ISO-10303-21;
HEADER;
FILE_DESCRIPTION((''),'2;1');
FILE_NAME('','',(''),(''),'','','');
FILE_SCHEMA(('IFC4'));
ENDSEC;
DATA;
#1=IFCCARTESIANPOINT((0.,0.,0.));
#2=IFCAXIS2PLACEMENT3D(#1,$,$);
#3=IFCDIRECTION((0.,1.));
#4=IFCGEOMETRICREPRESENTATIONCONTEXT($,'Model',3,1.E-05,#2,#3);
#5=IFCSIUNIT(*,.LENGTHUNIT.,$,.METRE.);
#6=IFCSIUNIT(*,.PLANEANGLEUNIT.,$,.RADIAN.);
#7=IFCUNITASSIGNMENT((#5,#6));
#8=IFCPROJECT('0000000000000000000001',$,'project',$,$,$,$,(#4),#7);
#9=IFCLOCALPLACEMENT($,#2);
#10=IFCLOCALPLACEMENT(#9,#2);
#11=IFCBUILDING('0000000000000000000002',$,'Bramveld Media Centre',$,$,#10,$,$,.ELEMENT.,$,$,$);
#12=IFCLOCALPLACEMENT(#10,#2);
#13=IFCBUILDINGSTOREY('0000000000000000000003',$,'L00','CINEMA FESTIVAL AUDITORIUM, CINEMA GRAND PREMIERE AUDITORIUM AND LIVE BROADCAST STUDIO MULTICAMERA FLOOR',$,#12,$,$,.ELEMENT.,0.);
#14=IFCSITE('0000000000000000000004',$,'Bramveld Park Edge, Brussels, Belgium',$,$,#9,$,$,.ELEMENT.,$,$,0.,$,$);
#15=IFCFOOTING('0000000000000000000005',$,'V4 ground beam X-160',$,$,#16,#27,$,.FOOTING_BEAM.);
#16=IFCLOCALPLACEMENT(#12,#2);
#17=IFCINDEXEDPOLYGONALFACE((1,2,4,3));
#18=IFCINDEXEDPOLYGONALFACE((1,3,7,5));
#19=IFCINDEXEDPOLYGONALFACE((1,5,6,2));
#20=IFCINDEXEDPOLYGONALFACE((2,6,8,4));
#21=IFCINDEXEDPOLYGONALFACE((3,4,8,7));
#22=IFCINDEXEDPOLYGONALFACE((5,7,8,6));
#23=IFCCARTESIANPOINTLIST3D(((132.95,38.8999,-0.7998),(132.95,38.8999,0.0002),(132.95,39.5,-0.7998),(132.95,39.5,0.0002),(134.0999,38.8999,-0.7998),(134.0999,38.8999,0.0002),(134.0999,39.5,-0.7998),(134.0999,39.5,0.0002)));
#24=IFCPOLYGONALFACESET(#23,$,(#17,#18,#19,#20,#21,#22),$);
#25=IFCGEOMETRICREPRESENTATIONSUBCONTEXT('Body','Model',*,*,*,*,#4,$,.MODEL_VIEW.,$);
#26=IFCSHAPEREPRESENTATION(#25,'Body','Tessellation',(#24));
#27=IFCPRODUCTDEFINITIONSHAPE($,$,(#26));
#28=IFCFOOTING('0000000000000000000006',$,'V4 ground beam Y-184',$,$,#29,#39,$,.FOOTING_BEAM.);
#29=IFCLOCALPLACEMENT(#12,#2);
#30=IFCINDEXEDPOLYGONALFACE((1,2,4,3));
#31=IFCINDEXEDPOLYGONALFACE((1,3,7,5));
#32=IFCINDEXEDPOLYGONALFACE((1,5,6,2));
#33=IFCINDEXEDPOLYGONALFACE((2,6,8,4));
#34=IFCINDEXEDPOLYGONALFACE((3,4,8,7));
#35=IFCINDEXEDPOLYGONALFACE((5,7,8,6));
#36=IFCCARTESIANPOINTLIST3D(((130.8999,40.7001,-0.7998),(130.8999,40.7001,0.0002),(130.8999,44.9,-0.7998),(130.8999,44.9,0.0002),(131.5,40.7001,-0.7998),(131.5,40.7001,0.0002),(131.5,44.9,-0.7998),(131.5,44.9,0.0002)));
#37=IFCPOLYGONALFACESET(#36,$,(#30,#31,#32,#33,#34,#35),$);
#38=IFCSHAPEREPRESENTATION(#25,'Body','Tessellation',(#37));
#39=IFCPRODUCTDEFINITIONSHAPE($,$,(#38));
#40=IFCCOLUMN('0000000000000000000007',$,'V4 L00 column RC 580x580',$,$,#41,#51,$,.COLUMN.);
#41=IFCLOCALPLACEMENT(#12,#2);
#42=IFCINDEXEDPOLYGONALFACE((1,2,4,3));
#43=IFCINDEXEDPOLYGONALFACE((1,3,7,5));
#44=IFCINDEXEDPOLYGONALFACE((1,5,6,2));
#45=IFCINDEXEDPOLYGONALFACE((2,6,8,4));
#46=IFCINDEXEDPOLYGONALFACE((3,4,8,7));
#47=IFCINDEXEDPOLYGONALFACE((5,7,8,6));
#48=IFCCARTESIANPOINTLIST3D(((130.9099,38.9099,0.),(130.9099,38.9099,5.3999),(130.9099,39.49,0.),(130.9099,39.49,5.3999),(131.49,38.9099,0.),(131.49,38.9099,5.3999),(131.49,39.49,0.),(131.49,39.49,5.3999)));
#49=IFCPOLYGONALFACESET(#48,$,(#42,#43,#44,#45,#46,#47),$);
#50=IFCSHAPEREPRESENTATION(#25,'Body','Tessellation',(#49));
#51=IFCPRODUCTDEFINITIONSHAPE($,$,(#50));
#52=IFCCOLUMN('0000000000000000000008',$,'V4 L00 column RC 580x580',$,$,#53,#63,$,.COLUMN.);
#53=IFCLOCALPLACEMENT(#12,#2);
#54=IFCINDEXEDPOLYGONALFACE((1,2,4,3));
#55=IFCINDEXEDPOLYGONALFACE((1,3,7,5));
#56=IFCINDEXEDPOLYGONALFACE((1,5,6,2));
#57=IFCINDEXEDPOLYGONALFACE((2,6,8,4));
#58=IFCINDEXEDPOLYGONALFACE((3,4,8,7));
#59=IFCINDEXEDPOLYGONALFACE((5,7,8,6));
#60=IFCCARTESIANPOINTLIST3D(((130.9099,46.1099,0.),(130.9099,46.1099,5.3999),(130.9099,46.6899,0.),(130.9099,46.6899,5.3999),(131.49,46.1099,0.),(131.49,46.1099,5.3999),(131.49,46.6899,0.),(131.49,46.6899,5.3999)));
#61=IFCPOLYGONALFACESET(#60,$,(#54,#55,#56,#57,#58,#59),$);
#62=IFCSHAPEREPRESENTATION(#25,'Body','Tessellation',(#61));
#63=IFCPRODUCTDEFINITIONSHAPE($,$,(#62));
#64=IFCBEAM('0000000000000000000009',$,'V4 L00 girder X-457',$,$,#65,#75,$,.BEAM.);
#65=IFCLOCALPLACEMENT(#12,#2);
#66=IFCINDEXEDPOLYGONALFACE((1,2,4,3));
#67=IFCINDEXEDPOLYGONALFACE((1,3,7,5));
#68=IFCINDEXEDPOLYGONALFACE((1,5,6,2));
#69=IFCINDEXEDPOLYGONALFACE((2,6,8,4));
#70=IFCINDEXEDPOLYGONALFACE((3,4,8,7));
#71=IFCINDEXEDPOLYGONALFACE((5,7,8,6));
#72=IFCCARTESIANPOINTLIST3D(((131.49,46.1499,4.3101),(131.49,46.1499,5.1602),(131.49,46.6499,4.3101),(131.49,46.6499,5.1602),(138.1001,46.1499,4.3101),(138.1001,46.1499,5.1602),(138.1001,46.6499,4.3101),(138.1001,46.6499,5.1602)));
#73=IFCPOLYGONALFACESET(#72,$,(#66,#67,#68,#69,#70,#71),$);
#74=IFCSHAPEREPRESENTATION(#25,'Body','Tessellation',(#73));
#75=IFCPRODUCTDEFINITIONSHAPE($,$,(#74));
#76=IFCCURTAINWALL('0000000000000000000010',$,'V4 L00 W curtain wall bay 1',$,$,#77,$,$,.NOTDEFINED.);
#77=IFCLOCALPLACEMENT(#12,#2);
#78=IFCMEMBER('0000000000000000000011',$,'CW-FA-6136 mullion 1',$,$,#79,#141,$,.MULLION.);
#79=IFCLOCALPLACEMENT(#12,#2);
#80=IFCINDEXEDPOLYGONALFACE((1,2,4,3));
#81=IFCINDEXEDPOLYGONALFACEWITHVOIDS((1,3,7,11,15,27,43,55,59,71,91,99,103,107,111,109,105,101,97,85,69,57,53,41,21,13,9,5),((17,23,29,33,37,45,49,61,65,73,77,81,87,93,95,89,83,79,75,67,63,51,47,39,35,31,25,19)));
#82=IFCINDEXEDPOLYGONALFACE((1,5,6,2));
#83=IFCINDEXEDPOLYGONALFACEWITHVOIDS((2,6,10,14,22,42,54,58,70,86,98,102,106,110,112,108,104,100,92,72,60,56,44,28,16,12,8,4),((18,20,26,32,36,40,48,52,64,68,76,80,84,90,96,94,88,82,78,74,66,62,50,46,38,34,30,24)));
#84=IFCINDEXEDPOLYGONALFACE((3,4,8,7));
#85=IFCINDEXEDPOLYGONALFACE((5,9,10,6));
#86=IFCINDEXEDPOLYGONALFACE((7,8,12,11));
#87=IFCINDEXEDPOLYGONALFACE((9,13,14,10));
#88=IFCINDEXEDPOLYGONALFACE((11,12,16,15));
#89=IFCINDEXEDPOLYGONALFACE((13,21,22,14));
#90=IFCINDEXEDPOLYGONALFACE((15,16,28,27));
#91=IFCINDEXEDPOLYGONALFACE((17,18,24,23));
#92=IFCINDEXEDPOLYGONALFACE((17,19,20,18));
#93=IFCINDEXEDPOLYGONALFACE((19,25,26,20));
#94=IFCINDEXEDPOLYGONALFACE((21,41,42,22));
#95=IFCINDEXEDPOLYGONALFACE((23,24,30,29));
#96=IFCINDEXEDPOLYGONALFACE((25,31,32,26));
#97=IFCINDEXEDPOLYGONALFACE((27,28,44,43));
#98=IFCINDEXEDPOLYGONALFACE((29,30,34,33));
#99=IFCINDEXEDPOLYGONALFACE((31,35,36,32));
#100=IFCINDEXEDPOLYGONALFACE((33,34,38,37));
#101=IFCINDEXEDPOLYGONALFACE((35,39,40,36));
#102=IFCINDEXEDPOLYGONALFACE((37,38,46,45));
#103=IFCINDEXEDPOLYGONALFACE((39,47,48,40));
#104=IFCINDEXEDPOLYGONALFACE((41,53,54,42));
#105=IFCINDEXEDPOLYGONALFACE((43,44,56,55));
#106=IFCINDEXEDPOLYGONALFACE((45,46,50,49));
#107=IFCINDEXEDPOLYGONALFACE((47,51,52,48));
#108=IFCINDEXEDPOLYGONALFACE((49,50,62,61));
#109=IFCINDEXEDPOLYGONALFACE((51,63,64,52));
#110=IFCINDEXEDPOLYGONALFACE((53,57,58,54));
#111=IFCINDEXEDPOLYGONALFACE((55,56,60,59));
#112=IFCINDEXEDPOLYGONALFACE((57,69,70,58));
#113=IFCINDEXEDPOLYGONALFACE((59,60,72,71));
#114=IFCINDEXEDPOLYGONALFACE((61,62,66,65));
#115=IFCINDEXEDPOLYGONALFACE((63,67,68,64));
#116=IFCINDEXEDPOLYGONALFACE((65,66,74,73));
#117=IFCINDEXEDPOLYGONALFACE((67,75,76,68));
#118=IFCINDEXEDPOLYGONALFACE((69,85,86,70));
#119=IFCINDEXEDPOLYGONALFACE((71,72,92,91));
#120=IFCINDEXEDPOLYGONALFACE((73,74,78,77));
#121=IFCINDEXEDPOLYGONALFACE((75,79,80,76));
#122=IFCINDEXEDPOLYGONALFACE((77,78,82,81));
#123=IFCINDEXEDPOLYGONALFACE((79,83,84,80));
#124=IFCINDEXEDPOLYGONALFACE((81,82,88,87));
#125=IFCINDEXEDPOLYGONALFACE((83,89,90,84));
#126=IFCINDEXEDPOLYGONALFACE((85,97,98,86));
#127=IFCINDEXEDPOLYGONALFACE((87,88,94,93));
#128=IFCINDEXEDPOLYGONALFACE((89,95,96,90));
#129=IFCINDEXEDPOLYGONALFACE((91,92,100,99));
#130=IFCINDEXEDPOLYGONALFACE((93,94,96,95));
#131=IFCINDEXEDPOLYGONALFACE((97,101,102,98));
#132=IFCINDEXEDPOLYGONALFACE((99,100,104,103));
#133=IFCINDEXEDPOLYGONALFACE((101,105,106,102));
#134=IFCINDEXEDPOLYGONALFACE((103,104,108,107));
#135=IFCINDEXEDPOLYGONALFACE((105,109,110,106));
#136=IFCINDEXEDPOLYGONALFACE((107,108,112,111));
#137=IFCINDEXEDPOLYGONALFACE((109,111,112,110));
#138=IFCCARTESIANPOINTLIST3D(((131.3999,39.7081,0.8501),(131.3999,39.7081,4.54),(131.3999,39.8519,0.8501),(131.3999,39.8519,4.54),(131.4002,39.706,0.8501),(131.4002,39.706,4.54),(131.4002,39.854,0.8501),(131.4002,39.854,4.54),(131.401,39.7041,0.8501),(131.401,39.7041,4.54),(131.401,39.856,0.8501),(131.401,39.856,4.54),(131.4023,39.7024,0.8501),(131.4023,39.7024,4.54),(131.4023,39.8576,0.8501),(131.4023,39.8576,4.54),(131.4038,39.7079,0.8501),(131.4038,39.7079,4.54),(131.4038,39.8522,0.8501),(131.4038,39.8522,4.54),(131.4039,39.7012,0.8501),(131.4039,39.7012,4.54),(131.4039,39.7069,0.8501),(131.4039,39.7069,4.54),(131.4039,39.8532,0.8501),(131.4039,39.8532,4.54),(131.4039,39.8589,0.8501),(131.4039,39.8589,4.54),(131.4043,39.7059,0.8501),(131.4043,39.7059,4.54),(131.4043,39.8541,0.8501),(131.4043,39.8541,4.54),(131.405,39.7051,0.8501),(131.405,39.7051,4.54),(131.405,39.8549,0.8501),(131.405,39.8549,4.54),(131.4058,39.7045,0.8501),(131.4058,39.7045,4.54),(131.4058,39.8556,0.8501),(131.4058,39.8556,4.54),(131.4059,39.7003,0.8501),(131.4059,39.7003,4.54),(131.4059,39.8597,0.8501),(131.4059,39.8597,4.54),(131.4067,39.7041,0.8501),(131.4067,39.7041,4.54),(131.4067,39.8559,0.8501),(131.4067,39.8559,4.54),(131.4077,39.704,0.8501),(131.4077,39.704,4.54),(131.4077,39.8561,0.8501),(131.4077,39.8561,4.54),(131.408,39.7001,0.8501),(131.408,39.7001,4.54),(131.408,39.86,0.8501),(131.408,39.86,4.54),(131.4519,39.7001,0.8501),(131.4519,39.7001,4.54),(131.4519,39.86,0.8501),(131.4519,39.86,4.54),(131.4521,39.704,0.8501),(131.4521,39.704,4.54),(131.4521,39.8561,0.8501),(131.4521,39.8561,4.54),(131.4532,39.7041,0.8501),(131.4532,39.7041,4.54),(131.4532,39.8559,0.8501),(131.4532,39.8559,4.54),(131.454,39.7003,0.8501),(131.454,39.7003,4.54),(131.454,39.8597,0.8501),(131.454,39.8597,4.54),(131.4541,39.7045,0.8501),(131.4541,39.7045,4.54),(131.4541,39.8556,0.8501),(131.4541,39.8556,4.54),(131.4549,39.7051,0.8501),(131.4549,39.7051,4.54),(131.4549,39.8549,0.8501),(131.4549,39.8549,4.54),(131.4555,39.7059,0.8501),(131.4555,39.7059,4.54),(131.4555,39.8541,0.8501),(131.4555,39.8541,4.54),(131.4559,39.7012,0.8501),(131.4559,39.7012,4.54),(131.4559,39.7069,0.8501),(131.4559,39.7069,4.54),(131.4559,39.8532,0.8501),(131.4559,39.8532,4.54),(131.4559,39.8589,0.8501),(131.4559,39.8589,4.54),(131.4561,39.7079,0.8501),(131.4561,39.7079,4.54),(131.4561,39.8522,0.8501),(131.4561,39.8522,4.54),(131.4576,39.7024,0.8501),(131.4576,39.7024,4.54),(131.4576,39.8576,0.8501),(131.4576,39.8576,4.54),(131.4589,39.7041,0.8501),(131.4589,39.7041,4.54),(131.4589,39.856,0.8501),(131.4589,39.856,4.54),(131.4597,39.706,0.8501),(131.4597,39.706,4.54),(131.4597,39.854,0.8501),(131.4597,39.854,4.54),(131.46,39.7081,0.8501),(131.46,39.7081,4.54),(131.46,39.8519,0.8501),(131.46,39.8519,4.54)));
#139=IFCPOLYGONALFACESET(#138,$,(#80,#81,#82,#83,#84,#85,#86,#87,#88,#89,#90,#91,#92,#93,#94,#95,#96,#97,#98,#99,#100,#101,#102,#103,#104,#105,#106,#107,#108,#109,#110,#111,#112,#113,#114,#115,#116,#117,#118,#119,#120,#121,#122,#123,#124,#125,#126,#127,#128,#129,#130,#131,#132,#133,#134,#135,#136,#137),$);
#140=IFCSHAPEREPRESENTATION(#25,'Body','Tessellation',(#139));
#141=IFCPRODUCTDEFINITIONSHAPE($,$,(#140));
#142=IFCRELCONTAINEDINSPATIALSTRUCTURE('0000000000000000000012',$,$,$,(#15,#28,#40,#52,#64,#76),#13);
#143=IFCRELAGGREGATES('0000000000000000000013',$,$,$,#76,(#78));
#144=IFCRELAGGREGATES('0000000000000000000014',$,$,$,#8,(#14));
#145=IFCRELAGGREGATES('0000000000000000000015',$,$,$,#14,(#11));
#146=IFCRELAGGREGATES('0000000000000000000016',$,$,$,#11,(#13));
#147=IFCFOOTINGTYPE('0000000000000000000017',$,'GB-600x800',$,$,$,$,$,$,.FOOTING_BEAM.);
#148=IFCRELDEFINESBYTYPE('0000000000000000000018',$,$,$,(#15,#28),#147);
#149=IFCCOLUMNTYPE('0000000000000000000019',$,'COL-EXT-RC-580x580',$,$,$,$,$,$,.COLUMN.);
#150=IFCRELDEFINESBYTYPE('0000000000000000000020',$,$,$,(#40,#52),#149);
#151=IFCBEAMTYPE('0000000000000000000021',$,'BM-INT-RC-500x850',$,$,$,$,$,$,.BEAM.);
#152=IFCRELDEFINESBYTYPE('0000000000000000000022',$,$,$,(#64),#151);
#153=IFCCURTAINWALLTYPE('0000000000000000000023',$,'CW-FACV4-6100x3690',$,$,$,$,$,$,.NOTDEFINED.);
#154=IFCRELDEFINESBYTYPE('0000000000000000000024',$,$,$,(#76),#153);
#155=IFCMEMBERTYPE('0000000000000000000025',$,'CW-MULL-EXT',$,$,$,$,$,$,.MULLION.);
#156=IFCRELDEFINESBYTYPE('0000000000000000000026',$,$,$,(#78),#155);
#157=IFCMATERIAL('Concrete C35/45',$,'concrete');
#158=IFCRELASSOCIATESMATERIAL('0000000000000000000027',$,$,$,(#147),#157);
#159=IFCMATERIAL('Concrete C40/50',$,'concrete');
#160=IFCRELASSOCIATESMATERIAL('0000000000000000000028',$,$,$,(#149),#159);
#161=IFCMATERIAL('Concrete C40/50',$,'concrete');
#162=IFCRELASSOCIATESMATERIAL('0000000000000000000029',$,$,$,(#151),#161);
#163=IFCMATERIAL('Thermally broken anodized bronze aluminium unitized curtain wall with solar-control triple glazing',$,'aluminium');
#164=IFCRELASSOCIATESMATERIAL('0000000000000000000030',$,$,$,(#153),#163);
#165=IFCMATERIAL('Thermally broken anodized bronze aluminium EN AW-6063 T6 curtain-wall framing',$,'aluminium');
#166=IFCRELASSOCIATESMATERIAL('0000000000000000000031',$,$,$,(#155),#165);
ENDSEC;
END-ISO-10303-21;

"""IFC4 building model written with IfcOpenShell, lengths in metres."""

from ifc_helpers import new_model, si_unit, direction, frame, origin, origin_2d, place, context, subcontext, project, spatial, rectangle, hollow_rectangle, extrude, material, material_profile, profile_set, type_object, element, aggregate, save


model = new_model("IFC4")

# Units and contexts
model_context = context("Model", 3, precision=1e-05, world=origin(), true_north=direction((0.0, 1.0)))
body_context = subcontext(model_context, "Body", "Model", "MODEL_VIEW")
ifc_project = project(units=[si_unit("LENGTHUNIT", "METRE"), si_unit("PLANEANGLEUNIT", "RADIAN")], contexts=[model_context])

# Site, building, storey
site_placement = place(None, origin())
site = spatial("IfcSite", under=ifc_project, at=site_placement, Name="Bramveld Park Edge, Brussels, Belgium", CompositionType="ELEMENT", RefElevation=0.0)
building_placement = place(site_placement, origin())
building = spatial("IfcBuilding", under=site, at=building_placement, Name="Bramveld Media Centre", CompositionType="ELEMENT")
storey_placement = place(building_placement, origin())
storey = spatial("IfcBuildingStorey", under=building, at=storey_placement, Name="L00", Description="CINEMA FESTIVAL AUDITORIUM, CINEMA GRAND PREMIERE AUDITORIUM AND LIVE BROADCAST STUDIO MULTICAMERA FLOOR", CompositionType="ELEMENT", Elevation=0.0)

# Footings
ifc_material_1 = material(Name="Concrete C35/45", Category="concrete")
footing_type = type_object("IfcFootingType", Name="GB-600x800", PredefinedType="FOOTING_BEAM", material=ifc_material_1)
footing_1_placement = place(storey_placement, frame((133.5249, 39.2, -0.7998), z_axis=(0.0, 0.0, 1.0), x_axis=(1.0, 0.0, 0.0)))
element("IfcFooting", 1, at=footing_1_placement, inside=storey, type_object=footing_type, Name="V4 ground beam X-160", PredefinedType="FOOTING_BEAM", context=body_context, shape_type="SweptSolid", body=[
    extrude(rectangle(XDim=1.1499, YDim=0.6001, at=origin_2d()), origin(), (0.0, 0.0, 1.0), 0.8),
])
footing_2_placement = place(storey_placement, frame((131.2, 42.8, -0.7998), z_axis=(0.0, 0.0, 1.0), x_axis=(1.0, 0.0, 0.0)))
element("IfcFooting", 2, at=footing_2_placement, inside=storey, type_object=footing_type, Name="V4 ground beam Y-184", PredefinedType="FOOTING_BEAM", context=body_context, shape_type="SweptSolid", body=[
    extrude(rectangle(XDim=0.6001, YDim=4.2, at=origin_2d()), origin(), (0.0, 0.0, 1.0), 0.8),
])

# Columns
ifc_material_2 = material(Name="Concrete C40/50", Category="concrete")
ifc_material_profile_1 = material_profile(ifc_material_2, rectangle(XDim=0.5801, YDim=0.5801, at=origin_2d()), Name="RC 580x580")
ifc_profile_set_1 = profile_set([ifc_material_profile_1], Name="Concrete C40/50")
column_type = type_object("IfcColumnType", Name="COL-EXT-RC-580x580", PredefinedType="COLUMN", material=ifc_profile_set_1)
for number, where, z_axis, x_axis, name in (
    (3, (131.2, 39.2, 0.0), (0.0, 0.0, 1.0), (1.0, 0.0, 0.0), "V4 L00 column RC 580x580"),
    (4, (131.2, 46.3999, 0.0), (0.0, 0.0, 1.0), (1.0, 0.0, 0.0), "V4 L00 column RC 580x580"),
):
    element("IfcColumn", number, at=place(storey_placement, frame(where, z_axis=z_axis, x_axis=x_axis)), inside=storey, type_object=column_type, Name=name, PredefinedType="COLUMN", context=body_context, shape_type="SweptSolid", body=[
        extrude(rectangle(XDim=0.5801, YDim=0.5801, at=origin_2d()), origin(), (0.0, 0.0, 1.0), 5.3999),
    ])

# Beam
ifc_material_3 = material(Name="Concrete C40/50", Category="concrete")
ifc_material_profile_2 = material_profile(ifc_material_3, rectangle(XDim=0.5, YDim=0.8501, at=origin_2d()), Name="RC 500x850")
ifc_profile_set_2 = profile_set([ifc_material_profile_2], Name="Concrete C40/50")
beam_type_1 = type_object("IfcBeamType", Name="BM-INT-RC-500x850", PredefinedType="BEAM", material=ifc_profile_set_2)
beam_1_placement = place(storey_placement, frame((131.49, 46.3999, 4.7351), z_axis=(1.0, 0.0, 0.0), x_axis=(0.0, 1.0, 0.0)))
element("IfcBeam", 5, at=beam_1_placement, inside=storey, type_object=beam_type_1, Name="V4 L00 girder X-457", PredefinedType="BEAM", context=body_context, shape_type="SweptSolid", body=[
    extrude(rectangle(XDim=0.5, YDim=0.8501, at=origin_2d()), origin(), (0.0, 0.0, 1.0), 6.6101),
])

# Curtain wall, member
ifc_material_4 = material(Name="Thermally broken anodized bronze aluminium unitized curtain wall with solar-control triple glazing", Category="aluminium")
curtain_wall_type = type_object("IfcCurtainWallType", Name="CW-FACV4-6100x3690", PredefinedType="NOTDEFINED", material=ifc_material_4)
curtain_wall_placement = place(storey_placement, origin())
curtain_wall = element("IfcCurtainWall", 6, at=curtain_wall_placement, inside=storey, type_object=curtain_wall_type, Name="V4 L00 W curtain wall bay 1", PredefinedType="NOTDEFINED")
ifc_material_5 = material(Name="Thermally broken anodized bronze aluminium EN AW-6063 T6 curtain-wall framing", Category="aluminium")
ifc_material_profile_3 = material_profile(ifc_material_5, hollow_rectangle(XDim=0.0601, YDim=0.1599, WallThickness=0.0039, InnerFilletRadius=0.0039, OuterFilletRadius=0.0081, at=origin_2d()), Name="AL-MULL 60x160")
ifc_profile_set_3 = profile_set([ifc_material_profile_3], Name="Thermally broken anodized bronze aluminium EN AW-6063 T6 curtain-wall framing")
member_type_1 = type_object("IfcMemberType", Name="CW-MULL-EXT", PredefinedType="MULLION", material=ifc_profile_set_3)
member_1_placement = place(storey_placement, frame((131.4299, 39.78, 0.8501), z_axis=(0.0, 0.0, 1.0), x_axis=(-1.0, 0.0, 0.0)))
member_1 = element("IfcMember", 7, at=member_1_placement, type_object=member_type_1, Name="CW-FA-6136 mullion 1", PredefinedType="MULLION", context=body_context, shape_type="SweptSolid", body=[
    extrude(hollow_rectangle(XDim=0.0601, YDim=0.1599, WallThickness=0.0039, InnerFilletRadius=0.0039, OuterFilletRadius=0.0081, at=origin_2d()), origin(), (0.0, 0.0, 1.0), 3.6899),
])

aggregate(curtain_wall, [member_1])

save(model, "model.ifc")
